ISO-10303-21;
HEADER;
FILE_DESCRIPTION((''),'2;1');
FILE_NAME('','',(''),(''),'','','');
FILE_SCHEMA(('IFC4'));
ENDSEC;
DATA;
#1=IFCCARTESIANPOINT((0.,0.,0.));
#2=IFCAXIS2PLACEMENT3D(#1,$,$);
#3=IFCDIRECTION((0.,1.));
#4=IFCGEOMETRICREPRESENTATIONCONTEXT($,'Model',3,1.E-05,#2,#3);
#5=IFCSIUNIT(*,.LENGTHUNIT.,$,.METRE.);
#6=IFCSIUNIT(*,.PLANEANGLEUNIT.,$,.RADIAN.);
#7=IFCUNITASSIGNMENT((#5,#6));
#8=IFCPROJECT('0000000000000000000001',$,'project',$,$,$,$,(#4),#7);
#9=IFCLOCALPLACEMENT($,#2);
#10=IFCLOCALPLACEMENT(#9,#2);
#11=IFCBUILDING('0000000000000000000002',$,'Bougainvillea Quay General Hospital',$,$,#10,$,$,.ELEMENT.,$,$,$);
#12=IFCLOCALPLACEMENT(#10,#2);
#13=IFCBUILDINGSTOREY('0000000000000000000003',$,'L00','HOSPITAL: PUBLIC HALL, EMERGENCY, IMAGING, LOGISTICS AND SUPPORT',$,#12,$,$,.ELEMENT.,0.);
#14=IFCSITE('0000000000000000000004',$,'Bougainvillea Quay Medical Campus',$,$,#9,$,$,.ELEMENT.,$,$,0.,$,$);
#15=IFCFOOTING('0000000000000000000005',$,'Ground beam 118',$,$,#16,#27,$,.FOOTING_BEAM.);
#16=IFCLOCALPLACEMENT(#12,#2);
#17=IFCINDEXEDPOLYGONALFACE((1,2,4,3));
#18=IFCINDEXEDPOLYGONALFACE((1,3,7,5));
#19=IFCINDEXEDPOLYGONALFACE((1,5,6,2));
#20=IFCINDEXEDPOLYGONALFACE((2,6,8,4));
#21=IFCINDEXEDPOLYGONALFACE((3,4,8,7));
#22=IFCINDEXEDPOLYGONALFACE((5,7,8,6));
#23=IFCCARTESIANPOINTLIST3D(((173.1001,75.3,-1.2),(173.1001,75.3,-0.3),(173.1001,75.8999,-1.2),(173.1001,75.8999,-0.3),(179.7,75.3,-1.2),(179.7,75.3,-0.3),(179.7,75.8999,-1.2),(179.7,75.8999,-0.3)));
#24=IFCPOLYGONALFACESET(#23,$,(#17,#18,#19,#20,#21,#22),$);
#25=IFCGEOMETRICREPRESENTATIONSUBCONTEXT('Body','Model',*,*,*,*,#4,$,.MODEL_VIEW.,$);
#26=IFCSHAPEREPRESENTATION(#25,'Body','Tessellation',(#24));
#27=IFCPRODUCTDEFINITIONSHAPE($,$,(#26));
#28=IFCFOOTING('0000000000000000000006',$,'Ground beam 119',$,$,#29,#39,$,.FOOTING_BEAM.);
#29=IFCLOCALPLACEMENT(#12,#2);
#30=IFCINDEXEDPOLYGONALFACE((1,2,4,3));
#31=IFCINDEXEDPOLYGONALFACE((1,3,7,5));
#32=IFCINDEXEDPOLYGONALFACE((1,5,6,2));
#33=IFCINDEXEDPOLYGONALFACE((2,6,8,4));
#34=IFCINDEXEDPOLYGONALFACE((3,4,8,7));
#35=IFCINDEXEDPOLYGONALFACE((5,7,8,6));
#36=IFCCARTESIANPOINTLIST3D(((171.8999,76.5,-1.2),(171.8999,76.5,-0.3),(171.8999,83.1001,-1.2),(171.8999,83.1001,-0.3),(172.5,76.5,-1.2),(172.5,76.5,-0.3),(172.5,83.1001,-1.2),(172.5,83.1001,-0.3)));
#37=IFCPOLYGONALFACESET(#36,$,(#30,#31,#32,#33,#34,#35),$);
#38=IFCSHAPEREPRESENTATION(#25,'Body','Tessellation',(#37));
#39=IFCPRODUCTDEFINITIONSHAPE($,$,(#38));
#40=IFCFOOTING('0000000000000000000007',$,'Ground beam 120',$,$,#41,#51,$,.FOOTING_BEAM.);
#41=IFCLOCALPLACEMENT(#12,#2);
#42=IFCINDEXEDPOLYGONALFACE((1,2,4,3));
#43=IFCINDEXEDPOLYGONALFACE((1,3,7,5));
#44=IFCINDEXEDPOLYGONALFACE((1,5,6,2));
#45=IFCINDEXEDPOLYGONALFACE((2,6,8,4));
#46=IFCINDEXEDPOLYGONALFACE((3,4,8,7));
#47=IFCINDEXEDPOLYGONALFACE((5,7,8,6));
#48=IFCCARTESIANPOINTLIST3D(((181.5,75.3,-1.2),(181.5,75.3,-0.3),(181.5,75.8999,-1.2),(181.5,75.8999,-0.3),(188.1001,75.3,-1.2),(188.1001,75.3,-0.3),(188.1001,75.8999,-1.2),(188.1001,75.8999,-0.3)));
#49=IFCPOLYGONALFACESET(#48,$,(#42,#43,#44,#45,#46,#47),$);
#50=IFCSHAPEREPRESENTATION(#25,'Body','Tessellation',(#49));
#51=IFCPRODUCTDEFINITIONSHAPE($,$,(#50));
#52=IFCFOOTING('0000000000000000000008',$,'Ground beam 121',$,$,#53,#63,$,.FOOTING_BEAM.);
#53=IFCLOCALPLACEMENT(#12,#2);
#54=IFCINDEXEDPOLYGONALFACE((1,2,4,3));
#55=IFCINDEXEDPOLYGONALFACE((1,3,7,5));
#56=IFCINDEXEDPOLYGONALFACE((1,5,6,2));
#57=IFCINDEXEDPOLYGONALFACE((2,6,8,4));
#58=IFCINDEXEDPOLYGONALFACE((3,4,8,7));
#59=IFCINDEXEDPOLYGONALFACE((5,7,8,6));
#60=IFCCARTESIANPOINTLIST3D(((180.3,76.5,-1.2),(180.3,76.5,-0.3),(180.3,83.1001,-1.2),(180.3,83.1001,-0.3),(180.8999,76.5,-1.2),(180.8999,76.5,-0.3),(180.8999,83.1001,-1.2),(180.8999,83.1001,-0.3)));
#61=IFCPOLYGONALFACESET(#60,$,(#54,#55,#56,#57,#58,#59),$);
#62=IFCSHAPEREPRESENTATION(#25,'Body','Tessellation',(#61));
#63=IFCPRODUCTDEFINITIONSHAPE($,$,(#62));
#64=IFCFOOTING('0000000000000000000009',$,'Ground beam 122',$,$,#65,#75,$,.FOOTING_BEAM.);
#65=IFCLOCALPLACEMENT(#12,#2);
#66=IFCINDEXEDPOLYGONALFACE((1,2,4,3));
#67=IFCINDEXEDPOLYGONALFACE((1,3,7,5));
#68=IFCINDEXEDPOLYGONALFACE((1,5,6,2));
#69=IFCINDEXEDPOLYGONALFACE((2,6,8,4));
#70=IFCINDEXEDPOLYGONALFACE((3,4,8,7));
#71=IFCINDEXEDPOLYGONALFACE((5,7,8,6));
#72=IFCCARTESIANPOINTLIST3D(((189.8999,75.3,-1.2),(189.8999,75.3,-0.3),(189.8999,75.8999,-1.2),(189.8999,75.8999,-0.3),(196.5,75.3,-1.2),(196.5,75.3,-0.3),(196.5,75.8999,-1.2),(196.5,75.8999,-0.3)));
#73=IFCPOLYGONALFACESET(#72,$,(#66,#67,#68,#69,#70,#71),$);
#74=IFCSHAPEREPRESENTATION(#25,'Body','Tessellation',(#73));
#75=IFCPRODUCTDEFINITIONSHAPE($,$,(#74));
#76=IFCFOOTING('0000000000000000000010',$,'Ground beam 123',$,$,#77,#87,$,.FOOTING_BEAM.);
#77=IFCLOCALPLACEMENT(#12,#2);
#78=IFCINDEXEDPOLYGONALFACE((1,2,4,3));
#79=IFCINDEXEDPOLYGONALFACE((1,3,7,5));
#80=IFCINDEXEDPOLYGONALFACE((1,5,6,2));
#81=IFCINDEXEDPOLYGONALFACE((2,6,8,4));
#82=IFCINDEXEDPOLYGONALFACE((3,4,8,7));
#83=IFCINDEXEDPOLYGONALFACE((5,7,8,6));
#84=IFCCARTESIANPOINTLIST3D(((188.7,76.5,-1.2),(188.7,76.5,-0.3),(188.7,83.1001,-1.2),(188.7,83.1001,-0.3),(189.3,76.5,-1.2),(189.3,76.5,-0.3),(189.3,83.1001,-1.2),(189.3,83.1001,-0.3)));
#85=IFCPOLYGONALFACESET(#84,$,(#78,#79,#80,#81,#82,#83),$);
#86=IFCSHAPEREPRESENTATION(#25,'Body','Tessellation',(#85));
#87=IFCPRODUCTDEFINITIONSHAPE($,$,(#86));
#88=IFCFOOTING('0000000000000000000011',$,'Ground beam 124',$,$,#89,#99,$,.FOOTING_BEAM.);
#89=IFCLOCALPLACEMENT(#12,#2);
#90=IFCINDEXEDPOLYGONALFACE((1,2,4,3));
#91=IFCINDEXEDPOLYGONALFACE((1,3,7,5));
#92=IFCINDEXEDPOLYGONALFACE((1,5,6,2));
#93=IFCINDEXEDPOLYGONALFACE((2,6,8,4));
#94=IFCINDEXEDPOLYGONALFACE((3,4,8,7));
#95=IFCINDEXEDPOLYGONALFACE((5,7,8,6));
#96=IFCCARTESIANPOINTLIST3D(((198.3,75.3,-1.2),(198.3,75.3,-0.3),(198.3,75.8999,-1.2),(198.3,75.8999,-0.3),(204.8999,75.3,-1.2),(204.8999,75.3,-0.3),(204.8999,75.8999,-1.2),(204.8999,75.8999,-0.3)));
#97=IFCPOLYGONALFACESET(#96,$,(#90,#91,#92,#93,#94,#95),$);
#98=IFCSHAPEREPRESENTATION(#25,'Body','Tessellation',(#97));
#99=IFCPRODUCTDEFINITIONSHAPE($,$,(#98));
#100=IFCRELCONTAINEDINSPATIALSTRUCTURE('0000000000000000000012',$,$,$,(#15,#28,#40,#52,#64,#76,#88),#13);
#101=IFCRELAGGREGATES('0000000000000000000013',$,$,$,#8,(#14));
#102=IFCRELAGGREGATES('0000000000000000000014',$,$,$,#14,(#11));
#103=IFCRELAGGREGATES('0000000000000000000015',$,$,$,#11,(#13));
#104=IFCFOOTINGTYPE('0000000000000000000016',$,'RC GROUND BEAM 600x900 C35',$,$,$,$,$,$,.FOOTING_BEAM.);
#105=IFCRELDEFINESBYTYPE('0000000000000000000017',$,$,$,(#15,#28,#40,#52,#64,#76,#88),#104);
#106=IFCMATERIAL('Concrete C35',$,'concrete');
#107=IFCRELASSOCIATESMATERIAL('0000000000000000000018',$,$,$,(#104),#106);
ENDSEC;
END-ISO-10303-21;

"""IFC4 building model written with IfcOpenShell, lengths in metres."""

from ifc_helpers import new_model, si_unit, direction, frame, origin, origin_2d, place, context, subcontext, project, spatial, polyline, rectangle, outline, extrude, material, material_profile, profile_set, type_object, element, save


model = new_model("IFC4")

# Units and contexts
model_context = context("Model", 3, precision=1e-05, world=origin(), true_north=direction((0.0, 1.0)))
body_context = subcontext(model_context, "Body", "Model", "MODEL_VIEW")
ifc_project = project(units=[si_unit("LENGTHUNIT", "METRE"), si_unit("PLANEANGLEUNIT", "RADIAN")], contexts=[model_context])

# Site, building, storey
site_placement = place(None, origin())
site = spatial("IfcSite", under=ifc_project, at=site_placement, Name="Bougainvillea Quay Medical Campus", CompositionType="ELEMENT", RefElevation=0.0)
building_placement = place(site_placement, origin())
building = spatial("IfcBuilding", under=site, at=building_placement, Name="Bougainvillea Quay General Hospital", CompositionType="ELEMENT")
storey_placement = place(building_placement, origin())
storey = spatial("IfcBuildingStorey", under=building, at=storey_placement, Name="L00", Description="HOSPITAL: PUBLIC HALL, EMERGENCY, IMAGING, LOGISTICS AND SUPPORT", CompositionType="ELEMENT", Elevation=0.0)

# Footings
ifc_material = material(Name="Concrete C35", Category="concrete")
ifc_material_profile = material_profile(ifc_material, rectangle(XDim=0.6001, YDim=0.8999, at=origin_2d()))
ifc_profile_set = profile_set([ifc_material_profile], Name="Concrete C35")
footing_type = type_object("IfcFootingType", Name="RC GROUND BEAM 600x900 C35", PredefinedType="FOOTING_BEAM", material=ifc_profile_set)
footing_1_placement = place(storey_placement, frame((0.0, 0.0, -1.2)))
element("IfcFooting", 1, at=footing_1_placement, inside=storey, type_object=footing_type, Name="Ground beam 118", PredefinedType="FOOTING_BEAM", context=body_context, shape_type="SweptSolid", body=[
    extrude(outline(polyline([(173.1001, 75.8999), (179.7, 75.8999), (179.7, 75.3), (173.1001, 75.3), (173.1001, 75.8999)])), origin(), (0.0, 0.0, 1.0), 0.8999),
])
footing_2_placement = place(storey_placement, frame((0.0, 0.0, -1.2)))
element("IfcFooting", 2, at=footing_2_placement, inside=storey, type_object=footing_type, Name="Ground beam 119", PredefinedType="FOOTING_BEAM", context=body_context, shape_type="SweptSolid", body=[
    extrude(outline(polyline([(171.8999, 76.5), (171.8999, 83.1001), (172.5, 83.1001), (172.5, 76.5), (171.8999, 76.5)])), origin(), (0.0, 0.0, 1.0), 0.8999),
])
footing_3_placement = place(storey_placement, frame((0.0, 0.0, -1.2)))
element("IfcFooting", 3, at=footing_3_placement, inside=storey, type_object=footing_type, Name="Ground beam 120", PredefinedType="FOOTING_BEAM", context=body_context, shape_type="SweptSolid", body=[
    extrude(outline(polyline([(181.5, 75.8999), (188.1001, 75.8999), (188.1001, 75.3), (181.5, 75.3), (181.5, 75.8999)])), origin(), (0.0, 0.0, 1.0), 0.8999),
])
footing_4_placement = place(storey_placement, frame((0.0, 0.0, -1.2)))
element("IfcFooting", 4, at=footing_4_placement, inside=storey, type_object=footing_type, Name="Ground beam 121", PredefinedType="FOOTING_BEAM", context=body_context, shape_type="SweptSolid", body=[
    extrude(outline(polyline([(180.3, 76.5), (180.3, 83.1001), (180.8999, 83.1001), (180.8999, 76.5), (180.3, 76.5)])), origin(), (0.0, 0.0, 1.0), 0.8999),
])
footing_5_placement = place(storey_placement, frame((0.0, 0.0, -1.2)))
element("IfcFooting", 5, at=footing_5_placement, inside=storey, type_object=footing_type, Name="Ground beam 122", PredefinedType="FOOTING_BEAM", context=body_context, shape_type="SweptSolid", body=[
    extrude(outline(polyline([(189.8999, 75.8999), (196.5, 75.8999), (196.5, 75.3), (189.8999, 75.3), (189.8999, 75.8999)])), origin(), (0.0, 0.0, 1.0), 0.8999),
])
footing_6_placement = place(storey_placement, frame((0.0, 0.0, -1.2)))
element("IfcFooting", 6, at=footing_6_placement, inside=storey, type_object=footing_type, Name="Ground beam 123", PredefinedType="FOOTING_BEAM", context=body_context, shape_type="SweptSolid", body=[
    extrude(outline(polyline([(188.7, 76.5), (188.7, 83.1001), (189.3, 83.1001), (189.3, 76.5), (188.7, 76.5)])), origin(), (0.0, 0.0, 1.0), 0.8999),
])
footing_7_placement = place(storey_placement, frame((0.0, 0.0, -1.2)))
element("IfcFooting", 7, at=footing_7_placement, inside=storey, type_object=footing_type, Name="Ground beam 124", PredefinedType="FOOTING_BEAM", context=body_context, shape_type="SweptSolid", body=[
    extrude(outline(polyline([(198.3, 75.8999), (204.8999, 75.8999), (204.8999, 75.3), (198.3, 75.3), (198.3, 75.8999)])), origin(), (0.0, 0.0, 1.0), 0.8999),
])

save(model, "model.ifc")
